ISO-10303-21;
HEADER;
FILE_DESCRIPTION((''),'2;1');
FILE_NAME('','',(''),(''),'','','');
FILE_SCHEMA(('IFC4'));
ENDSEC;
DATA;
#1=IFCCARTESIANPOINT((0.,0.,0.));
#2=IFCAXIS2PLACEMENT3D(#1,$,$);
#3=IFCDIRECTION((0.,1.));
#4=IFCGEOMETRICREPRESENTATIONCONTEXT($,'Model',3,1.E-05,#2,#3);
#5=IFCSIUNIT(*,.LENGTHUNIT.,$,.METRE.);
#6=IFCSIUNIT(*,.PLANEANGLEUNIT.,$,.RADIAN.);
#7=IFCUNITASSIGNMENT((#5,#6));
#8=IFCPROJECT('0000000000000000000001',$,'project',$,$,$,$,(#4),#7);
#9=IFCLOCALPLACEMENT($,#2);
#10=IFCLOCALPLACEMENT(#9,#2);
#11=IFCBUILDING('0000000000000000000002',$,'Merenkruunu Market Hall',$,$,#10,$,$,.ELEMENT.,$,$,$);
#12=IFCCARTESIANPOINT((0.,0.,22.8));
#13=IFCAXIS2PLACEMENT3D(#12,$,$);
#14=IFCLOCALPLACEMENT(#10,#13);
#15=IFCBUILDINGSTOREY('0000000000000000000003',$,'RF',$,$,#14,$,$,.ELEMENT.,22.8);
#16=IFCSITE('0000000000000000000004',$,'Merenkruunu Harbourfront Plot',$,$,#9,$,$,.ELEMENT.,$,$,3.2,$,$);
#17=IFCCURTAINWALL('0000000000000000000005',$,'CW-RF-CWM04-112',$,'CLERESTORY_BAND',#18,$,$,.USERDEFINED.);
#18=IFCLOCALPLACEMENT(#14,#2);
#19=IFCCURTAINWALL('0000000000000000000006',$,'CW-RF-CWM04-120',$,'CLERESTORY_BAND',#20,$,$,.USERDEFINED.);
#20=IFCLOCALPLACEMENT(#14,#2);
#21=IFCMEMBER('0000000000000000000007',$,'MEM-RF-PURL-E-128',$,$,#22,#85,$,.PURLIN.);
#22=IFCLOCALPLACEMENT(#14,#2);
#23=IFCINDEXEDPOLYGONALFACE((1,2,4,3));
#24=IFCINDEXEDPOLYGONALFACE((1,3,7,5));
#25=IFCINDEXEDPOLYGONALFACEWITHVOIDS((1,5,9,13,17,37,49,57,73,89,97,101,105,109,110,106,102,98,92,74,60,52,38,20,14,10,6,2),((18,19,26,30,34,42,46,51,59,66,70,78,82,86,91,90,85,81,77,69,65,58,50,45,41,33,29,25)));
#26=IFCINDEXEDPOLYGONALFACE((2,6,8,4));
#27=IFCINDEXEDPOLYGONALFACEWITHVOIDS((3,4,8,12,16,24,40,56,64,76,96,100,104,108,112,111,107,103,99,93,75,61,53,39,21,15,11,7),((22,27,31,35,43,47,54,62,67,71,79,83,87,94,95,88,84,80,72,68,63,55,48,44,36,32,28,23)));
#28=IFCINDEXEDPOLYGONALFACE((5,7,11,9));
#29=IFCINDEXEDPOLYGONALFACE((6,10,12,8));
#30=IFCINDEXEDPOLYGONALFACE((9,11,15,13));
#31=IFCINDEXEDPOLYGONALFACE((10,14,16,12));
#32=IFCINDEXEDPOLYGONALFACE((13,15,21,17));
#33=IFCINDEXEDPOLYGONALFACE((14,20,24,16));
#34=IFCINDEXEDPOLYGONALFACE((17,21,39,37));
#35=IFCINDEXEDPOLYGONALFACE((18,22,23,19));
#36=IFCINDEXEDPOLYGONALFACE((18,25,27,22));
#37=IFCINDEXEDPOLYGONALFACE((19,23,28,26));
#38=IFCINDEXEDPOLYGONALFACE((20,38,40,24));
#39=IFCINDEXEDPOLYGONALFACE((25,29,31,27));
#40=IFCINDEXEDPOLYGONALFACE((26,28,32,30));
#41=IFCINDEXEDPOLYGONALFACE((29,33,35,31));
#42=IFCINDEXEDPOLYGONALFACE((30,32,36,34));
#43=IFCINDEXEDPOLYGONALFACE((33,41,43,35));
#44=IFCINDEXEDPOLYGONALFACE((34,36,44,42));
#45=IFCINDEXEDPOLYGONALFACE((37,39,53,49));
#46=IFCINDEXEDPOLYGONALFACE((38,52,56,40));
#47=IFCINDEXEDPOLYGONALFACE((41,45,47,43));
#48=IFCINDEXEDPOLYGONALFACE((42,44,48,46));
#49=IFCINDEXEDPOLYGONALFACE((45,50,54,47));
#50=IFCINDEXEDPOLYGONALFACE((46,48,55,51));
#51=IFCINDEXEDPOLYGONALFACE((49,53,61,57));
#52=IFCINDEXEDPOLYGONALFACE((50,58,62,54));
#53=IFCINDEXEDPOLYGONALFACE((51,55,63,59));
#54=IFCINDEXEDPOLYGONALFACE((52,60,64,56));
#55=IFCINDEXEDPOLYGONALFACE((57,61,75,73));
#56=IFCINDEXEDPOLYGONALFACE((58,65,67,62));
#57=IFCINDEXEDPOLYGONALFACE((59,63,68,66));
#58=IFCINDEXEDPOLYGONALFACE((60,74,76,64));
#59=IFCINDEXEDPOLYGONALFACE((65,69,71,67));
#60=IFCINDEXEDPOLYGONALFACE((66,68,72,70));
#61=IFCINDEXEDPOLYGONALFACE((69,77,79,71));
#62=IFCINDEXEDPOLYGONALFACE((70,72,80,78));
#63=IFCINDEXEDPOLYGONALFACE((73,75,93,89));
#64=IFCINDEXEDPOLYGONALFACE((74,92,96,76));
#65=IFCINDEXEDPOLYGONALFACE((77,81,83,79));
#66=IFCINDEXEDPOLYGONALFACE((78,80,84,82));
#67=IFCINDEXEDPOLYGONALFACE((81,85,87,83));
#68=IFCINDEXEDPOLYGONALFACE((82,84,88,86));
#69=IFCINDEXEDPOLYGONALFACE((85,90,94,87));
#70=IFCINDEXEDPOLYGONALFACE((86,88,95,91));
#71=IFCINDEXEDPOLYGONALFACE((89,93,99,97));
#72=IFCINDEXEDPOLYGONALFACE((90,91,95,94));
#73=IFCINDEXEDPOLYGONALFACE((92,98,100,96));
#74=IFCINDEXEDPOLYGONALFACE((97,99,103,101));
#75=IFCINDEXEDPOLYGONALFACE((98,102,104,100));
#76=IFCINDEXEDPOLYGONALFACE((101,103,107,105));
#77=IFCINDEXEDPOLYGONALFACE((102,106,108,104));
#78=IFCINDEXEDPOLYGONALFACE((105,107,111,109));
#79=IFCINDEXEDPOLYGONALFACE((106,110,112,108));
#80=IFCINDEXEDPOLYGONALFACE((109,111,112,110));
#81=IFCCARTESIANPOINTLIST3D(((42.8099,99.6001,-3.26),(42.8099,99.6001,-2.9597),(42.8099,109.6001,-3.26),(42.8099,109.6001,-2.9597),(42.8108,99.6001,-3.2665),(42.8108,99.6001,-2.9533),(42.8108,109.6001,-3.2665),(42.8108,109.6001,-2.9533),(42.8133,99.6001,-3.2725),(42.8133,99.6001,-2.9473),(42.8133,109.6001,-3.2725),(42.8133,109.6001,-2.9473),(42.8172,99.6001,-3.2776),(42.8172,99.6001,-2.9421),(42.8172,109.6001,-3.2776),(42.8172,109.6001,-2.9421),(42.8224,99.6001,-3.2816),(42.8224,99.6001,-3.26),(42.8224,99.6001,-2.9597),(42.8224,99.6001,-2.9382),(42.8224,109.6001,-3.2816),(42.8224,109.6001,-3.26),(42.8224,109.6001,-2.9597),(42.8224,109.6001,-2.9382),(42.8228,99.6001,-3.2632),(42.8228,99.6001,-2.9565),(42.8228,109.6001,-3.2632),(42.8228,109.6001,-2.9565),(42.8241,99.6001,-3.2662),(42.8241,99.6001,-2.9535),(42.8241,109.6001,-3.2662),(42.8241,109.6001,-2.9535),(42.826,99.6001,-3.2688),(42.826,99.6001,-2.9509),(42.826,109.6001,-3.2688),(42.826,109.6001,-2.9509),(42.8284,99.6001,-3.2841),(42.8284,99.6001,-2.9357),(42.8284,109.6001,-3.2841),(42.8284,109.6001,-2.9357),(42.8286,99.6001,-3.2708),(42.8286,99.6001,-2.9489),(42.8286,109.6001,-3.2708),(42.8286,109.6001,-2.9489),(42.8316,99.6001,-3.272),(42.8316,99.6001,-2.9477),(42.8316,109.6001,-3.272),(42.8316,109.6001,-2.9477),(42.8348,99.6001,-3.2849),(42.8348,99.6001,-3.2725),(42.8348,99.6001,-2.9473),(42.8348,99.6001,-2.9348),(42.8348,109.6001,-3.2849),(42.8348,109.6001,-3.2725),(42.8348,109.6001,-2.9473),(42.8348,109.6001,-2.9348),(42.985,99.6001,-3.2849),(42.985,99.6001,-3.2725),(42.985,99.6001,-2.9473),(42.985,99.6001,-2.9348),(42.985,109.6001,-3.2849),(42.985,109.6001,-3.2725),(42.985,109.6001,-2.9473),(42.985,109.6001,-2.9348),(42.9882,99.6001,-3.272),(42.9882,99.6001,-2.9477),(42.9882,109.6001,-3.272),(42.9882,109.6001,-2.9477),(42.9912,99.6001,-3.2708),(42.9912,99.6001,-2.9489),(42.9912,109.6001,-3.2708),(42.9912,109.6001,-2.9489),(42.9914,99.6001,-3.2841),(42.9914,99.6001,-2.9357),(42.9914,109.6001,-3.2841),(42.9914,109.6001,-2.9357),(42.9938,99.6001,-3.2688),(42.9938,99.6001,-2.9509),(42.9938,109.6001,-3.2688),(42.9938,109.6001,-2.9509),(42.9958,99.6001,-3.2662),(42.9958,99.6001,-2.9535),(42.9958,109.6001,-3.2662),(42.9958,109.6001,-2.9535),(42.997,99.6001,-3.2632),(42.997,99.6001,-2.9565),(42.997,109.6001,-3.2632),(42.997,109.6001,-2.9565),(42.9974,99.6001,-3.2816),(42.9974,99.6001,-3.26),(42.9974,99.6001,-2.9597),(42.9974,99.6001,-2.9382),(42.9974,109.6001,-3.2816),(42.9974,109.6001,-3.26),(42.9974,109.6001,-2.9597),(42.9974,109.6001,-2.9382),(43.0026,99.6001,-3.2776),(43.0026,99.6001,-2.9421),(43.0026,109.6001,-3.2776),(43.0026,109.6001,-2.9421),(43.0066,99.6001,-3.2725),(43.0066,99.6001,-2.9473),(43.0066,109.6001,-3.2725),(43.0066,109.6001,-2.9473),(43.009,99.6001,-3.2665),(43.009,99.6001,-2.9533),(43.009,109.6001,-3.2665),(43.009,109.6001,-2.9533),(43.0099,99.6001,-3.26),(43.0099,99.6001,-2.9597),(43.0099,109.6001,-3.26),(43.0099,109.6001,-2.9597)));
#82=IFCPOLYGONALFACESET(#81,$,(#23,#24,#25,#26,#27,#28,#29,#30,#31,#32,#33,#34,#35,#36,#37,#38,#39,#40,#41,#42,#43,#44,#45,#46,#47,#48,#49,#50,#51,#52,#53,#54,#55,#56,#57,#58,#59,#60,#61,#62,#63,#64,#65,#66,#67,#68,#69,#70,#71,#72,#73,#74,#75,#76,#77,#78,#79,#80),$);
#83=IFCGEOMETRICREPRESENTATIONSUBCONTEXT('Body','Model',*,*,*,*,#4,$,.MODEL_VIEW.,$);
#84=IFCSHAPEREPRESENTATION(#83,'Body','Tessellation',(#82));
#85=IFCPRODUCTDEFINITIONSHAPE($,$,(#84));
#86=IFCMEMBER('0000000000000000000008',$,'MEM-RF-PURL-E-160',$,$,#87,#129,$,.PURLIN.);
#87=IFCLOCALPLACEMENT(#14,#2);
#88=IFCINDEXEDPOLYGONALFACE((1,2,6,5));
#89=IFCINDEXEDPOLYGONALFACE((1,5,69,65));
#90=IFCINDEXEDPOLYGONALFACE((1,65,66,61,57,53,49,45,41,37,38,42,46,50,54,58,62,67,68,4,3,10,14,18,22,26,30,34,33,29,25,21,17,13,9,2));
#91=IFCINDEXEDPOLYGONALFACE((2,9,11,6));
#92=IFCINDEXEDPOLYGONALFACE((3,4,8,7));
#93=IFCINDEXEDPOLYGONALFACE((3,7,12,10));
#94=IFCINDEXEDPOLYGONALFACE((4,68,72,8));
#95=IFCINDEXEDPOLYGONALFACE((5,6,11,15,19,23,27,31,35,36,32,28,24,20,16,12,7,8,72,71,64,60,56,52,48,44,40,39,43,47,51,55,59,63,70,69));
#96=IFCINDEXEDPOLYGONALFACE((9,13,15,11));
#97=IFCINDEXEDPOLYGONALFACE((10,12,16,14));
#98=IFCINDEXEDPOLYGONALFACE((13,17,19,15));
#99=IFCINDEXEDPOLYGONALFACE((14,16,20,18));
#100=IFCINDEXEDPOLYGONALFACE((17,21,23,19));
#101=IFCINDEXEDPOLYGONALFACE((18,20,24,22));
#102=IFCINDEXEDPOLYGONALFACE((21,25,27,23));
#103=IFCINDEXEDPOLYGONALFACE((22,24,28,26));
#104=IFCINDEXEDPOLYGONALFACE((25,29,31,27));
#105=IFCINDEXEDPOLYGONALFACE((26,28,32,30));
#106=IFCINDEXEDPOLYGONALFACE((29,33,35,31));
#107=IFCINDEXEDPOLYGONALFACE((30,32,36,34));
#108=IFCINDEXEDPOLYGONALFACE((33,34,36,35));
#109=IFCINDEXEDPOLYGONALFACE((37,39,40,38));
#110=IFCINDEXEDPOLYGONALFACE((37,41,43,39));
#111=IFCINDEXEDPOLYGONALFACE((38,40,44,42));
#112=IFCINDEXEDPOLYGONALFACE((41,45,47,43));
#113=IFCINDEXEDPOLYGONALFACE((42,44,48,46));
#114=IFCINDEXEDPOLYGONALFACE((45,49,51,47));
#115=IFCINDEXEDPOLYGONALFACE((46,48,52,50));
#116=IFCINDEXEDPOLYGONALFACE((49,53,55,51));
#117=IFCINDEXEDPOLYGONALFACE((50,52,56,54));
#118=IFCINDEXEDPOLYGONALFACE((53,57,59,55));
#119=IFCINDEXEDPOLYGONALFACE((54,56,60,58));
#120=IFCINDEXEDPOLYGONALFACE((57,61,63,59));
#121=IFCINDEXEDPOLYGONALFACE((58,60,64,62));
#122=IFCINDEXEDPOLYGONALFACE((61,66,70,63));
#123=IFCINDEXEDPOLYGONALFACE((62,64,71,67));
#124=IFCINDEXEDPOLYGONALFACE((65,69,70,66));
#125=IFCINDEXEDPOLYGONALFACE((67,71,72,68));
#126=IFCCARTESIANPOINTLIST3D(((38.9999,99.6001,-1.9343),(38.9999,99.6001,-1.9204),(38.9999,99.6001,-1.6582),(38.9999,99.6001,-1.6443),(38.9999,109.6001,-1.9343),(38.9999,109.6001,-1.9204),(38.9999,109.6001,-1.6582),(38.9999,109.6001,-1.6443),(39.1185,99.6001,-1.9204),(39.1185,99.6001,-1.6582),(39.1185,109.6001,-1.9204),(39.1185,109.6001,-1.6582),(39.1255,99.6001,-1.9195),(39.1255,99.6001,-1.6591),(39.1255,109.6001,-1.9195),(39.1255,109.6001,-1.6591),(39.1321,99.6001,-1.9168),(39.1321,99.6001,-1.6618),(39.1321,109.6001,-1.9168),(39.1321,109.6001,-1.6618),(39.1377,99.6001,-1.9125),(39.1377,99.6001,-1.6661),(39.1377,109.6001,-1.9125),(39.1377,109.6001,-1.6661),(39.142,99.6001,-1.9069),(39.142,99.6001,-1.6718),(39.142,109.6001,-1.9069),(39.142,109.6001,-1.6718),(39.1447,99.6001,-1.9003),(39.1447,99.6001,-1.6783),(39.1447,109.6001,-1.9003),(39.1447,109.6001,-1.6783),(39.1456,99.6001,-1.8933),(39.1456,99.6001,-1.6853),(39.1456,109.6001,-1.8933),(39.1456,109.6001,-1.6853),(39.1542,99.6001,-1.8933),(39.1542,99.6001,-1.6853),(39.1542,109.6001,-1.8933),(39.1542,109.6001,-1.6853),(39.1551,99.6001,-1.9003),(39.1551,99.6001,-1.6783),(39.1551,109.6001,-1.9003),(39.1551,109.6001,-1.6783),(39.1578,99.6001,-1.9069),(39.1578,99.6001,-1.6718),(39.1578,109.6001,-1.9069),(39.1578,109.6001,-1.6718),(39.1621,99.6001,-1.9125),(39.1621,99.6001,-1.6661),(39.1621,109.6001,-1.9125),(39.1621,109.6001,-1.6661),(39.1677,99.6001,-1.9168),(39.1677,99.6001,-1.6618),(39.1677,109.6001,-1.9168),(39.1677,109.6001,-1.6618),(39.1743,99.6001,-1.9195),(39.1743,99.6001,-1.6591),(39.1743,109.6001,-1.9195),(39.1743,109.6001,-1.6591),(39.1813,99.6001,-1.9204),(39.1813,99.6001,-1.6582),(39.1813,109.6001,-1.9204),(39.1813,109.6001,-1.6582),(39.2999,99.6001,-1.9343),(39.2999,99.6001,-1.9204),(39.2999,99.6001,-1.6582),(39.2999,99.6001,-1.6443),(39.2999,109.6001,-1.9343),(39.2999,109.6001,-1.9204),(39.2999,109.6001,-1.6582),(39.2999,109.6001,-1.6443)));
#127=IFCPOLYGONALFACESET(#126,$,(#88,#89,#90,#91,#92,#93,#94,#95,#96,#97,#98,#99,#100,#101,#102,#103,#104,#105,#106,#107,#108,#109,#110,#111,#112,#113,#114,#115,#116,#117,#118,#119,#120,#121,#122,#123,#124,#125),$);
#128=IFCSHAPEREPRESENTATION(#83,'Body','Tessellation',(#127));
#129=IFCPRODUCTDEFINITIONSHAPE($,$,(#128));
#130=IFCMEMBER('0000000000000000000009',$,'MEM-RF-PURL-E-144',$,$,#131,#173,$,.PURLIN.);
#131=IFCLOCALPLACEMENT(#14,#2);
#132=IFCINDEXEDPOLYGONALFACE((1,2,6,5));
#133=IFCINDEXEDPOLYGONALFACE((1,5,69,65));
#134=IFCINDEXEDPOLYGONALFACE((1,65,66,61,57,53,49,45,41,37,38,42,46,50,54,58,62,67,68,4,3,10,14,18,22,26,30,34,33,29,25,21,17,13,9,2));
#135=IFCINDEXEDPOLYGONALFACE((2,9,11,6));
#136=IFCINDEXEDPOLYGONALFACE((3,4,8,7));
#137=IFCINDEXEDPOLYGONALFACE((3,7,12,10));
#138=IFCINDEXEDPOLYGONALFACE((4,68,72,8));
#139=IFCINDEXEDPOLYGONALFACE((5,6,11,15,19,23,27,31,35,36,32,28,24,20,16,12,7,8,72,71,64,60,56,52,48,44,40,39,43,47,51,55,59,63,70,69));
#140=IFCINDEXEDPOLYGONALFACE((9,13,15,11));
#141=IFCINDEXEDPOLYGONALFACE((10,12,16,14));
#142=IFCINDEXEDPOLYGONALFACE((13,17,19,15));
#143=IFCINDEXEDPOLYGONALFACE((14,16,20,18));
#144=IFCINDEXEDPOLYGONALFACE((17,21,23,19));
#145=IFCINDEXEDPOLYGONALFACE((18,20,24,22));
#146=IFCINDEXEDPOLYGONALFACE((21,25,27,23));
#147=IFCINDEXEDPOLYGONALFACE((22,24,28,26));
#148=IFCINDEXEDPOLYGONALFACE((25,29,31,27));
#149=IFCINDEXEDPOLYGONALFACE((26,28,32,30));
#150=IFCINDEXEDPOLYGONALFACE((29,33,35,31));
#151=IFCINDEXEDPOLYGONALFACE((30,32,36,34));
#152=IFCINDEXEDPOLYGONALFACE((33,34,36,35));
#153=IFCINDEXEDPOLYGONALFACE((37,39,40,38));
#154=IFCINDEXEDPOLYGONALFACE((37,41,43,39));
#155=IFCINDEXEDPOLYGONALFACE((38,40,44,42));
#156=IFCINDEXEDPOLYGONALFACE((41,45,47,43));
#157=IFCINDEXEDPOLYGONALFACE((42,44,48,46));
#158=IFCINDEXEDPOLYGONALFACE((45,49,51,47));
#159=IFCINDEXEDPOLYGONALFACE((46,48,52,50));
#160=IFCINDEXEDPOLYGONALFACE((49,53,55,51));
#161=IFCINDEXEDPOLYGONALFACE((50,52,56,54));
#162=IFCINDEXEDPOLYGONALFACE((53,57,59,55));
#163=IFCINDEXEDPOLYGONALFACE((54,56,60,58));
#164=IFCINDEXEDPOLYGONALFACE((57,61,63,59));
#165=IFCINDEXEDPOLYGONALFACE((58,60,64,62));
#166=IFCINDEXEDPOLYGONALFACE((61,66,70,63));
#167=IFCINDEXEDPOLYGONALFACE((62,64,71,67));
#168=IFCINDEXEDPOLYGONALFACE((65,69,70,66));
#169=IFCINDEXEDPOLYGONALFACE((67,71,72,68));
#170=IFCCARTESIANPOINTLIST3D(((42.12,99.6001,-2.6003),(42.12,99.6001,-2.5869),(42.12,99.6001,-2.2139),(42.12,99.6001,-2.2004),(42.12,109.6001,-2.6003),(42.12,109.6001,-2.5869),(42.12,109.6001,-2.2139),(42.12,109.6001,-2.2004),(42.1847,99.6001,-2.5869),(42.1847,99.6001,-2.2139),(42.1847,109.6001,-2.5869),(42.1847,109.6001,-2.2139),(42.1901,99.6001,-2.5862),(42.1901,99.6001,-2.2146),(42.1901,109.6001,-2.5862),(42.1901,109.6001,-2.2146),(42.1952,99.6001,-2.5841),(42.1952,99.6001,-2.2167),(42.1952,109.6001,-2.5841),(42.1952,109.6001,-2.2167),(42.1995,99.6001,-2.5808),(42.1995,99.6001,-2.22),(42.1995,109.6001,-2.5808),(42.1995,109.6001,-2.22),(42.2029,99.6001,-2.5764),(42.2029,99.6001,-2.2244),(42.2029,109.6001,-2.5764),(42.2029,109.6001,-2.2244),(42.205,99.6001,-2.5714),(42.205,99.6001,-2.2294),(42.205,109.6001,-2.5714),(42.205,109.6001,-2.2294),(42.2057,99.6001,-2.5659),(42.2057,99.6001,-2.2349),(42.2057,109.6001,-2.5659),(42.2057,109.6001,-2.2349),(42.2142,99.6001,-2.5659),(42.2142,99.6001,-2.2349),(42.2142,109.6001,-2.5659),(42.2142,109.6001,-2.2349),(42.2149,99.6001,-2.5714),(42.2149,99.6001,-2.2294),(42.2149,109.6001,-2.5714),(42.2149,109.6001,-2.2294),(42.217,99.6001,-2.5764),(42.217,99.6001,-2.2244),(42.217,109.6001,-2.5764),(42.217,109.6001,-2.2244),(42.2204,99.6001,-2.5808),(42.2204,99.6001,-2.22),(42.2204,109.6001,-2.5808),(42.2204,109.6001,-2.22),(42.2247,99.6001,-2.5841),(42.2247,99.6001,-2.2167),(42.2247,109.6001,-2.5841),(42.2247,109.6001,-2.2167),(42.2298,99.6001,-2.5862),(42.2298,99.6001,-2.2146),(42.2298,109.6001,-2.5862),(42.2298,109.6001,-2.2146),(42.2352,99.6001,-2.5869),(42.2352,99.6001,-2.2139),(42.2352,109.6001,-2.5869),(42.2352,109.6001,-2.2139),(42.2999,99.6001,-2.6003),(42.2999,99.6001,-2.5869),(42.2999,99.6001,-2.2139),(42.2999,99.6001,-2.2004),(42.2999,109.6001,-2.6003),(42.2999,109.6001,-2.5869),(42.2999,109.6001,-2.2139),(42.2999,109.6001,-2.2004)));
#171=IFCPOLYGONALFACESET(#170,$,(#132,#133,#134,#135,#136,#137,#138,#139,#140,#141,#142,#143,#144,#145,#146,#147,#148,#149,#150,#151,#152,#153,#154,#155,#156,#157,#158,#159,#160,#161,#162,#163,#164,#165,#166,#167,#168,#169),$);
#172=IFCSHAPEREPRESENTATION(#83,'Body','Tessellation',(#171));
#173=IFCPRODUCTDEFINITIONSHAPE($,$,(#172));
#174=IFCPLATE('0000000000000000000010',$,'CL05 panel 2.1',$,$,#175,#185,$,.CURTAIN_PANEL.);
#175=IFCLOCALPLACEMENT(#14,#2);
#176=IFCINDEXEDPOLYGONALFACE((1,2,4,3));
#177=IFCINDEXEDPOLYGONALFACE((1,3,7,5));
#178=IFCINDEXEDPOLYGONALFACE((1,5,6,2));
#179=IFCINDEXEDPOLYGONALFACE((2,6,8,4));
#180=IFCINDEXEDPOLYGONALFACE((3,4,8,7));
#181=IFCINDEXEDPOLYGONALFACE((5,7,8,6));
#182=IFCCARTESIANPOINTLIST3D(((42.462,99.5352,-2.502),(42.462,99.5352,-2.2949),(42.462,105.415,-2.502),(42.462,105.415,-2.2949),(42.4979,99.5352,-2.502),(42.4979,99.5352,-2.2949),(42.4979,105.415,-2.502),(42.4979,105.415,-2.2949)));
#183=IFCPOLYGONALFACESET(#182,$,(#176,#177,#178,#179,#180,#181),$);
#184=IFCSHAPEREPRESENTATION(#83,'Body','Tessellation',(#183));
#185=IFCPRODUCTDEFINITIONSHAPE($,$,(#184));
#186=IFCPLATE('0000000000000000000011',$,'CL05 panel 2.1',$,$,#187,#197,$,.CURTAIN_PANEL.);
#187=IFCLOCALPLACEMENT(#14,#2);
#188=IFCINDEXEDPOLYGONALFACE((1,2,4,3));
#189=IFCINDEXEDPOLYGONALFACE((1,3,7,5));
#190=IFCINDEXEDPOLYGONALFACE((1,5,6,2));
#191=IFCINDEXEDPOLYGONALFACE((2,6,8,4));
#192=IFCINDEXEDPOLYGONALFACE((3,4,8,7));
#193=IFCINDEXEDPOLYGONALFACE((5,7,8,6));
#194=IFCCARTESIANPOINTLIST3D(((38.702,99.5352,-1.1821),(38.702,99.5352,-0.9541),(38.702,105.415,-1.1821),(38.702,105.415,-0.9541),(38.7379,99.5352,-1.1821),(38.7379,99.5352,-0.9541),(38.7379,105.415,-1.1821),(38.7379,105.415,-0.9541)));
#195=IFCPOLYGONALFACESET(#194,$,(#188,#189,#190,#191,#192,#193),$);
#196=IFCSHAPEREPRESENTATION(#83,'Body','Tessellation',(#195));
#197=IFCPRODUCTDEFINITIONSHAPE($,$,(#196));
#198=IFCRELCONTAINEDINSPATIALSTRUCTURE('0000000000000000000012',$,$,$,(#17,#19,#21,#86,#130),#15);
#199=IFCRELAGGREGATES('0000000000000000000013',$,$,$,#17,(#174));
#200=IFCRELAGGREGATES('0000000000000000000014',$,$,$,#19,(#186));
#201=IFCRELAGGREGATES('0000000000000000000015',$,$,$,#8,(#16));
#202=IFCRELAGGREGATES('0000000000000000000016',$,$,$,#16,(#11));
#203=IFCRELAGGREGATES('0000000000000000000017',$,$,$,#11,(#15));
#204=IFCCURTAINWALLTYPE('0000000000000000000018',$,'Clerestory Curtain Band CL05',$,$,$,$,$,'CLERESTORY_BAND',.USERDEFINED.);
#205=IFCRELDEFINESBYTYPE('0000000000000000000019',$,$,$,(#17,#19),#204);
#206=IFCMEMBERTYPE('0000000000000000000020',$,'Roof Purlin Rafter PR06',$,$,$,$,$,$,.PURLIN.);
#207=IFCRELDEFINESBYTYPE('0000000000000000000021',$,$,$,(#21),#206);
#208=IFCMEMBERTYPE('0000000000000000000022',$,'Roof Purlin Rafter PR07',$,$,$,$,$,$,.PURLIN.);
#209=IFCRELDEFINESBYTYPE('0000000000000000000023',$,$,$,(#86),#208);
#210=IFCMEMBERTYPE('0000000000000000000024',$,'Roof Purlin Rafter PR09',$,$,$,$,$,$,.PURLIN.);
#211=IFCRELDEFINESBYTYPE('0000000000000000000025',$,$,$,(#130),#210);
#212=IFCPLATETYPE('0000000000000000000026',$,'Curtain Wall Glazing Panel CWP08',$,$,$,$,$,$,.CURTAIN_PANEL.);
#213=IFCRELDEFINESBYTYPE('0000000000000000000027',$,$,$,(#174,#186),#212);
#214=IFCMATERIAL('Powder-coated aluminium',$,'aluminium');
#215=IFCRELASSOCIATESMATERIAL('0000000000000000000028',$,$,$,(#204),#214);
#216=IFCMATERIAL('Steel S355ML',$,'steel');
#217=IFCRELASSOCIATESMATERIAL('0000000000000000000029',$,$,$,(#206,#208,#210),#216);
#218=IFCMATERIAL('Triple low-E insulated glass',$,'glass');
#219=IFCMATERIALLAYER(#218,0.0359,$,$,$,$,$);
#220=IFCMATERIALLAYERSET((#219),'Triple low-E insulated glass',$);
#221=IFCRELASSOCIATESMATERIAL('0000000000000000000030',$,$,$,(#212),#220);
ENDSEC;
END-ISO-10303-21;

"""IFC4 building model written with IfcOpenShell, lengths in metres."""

from ifc_helpers import new_model, si_unit, direction, frame, origin, origin_2d, place, context, subcontext, project, spatial, rectangle, hollow_rectangle, i_section, extrude, material, layer, layer_set, material_profile, profile_set, type_object, element, aggregate, save


model = new_model("IFC4")

# Units and contexts
model_context = context("Model", 3, precision=1e-05, world=origin(), true_north=direction((0.0, 1.0)))
body_context = subcontext(model_context, "Body", "Model", "MODEL_VIEW")
ifc_project = project(units=[si_unit("LENGTHUNIT", "METRE"), si_unit("PLANEANGLEUNIT", "RADIAN")], contexts=[model_context])

# Site, building, storey
site_placement = place(None, origin())
site = spatial("IfcSite", under=ifc_project, at=site_placement, Name="Merenkruunu Harbourfront Plot", CompositionType="ELEMENT", RefElevation=3.2)
building_placement = place(site_placement, origin())
building = spatial("IfcBuilding", under=site, at=building_placement, Name="Merenkruunu Market Hall", CompositionType="ELEMENT")
storey_placement = place(building_placement, frame((0.0, 0.0, 22.8)))
storey = spatial("IfcBuildingStorey", under=building, at=storey_placement, Name="RF", CompositionType="ELEMENT", Elevation=22.8)

# Shared definitions
ifc_material_1 = material(Name="Steel S355ML", Category="steel")

# Curtain walls
ifc_material_2 = material(Name="Powder-coated aluminium", Category="aluminium")
curtain_wall_type = type_object("IfcCurtainWallType", Name="Clerestory Curtain Band CL05", ElementType="CLERESTORY_BAND", PredefinedType="USERDEFINED", material=ifc_material_2)
curtain_wall_1_placement = place(storey_placement, origin())
curtain_wall_1 = element("IfcCurtainWall", 1, at=curtain_wall_1_placement, inside=storey, type_object=curtain_wall_type, Name="CW-RF-CWM04-112", ObjectType="CLERESTORY_BAND", PredefinedType="USERDEFINED")
curtain_wall_2_placement = place(storey_placement, origin())
curtain_wall_2 = element("IfcCurtainWall", 2, at=curtain_wall_2_placement, inside=storey, type_object=curtain_wall_type, Name="CW-RF-CWM04-120", ObjectType="CLERESTORY_BAND", PredefinedType="USERDEFINED")

# Members
ifc_material_profile_1 = material_profile(ifc_material_1, hollow_rectangle(XDim=0.2, YDim=0.3501, WallThickness=0.0125, InnerFilletRadius=0.0125, OuterFilletRadius=0.0249, at=origin_2d()), Name="RHS 350x200x12.5")
ifc_profile_set_1 = profile_set([ifc_material_profile_1], Name="Steel S355ML")
member_type_1 = type_object("IfcMemberType", Name="Roof Purlin Rafter PR06", PredefinedType="PURLIN", material=ifc_profile_set_1)
member_1_placement = place(storey_placement, frame((42.9099, 99.6001, -3.1099), z_axis=(0.0, 1.0, 0.0), x_axis=(-1.0, 0.0, 0.0)))
element("IfcMember", 3, at=member_1_placement, inside=storey, type_object=member_type_1, Name="MEM-RF-PURL-E-128", PredefinedType="PURLIN", context=body_context, shape_type="SweptSolid", body=[
    extrude(hollow_rectangle(XDim=0.2, YDim=0.3501, WallThickness=0.0125, InnerFilletRadius=0.0125, OuterFilletRadius=0.0249, at=origin_2d()), origin(), (0.0, 0.0, 1.0), 10.0),
])
ifc_material_profile_2 = material_profile(ifc_material_1, i_section(OverallWidth=0.3, OverallDepth=0.29, WebThickness=0.0085, FlangeThickness=0.0139, FilletRadius=0.0271, at=origin_2d()), Name="HEA 300")
ifc_profile_set_2 = profile_set([ifc_material_profile_2], Name="Steel S355ML")
member_type_2 = type_object("IfcMemberType", Name="Roof Purlin Rafter PR07", PredefinedType="PURLIN", material=ifc_profile_set_2)
member_2_placement = place(storey_placement, frame((39.1499, 99.6001, -1.7893), z_axis=(0.0, 1.0, 0.0), x_axis=(-1.0, 0.0, 0.0)))
element("IfcMember", 4, at=member_2_placement, inside=storey, type_object=member_type_2, Name="MEM-RF-PURL-E-160", PredefinedType="PURLIN", context=body_context, shape_type="SweptSolid", body=[
    extrude(i_section(OverallWidth=0.3, OverallDepth=0.29, WebThickness=0.0085, FlangeThickness=0.0139, FilletRadius=0.0271, at=origin_2d()), origin(), (0.0, 0.0, 1.0), 10.0),
])
ifc_material_profile_3 = material_profile(ifc_material_1, i_section(OverallWidth=0.1799, OverallDepth=0.3999, WebThickness=0.0085, FlangeThickness=0.0134, FilletRadius=0.021, at=origin_2d()), Name="IPE 400")
ifc_profile_set_3 = profile_set([ifc_material_profile_3], Name="Steel S355ML")
member_type_3 = type_object("IfcMemberType", Name="Roof Purlin Rafter PR09", PredefinedType="PURLIN", material=ifc_profile_set_3)
member_3_placement = place(storey_placement, frame((42.21, 99.6001, -2.4004), z_axis=(0.0, 1.0, 0.0), x_axis=(-1.0, 0.0, 0.0)))
element("IfcMember", 5, at=member_3_placement, inside=storey, type_object=member_type_3, Name="MEM-RF-PURL-E-144", PredefinedType="PURLIN", context=body_context, shape_type="SweptSolid", body=[
    extrude(i_section(OverallWidth=0.1799, OverallDepth=0.3999, WebThickness=0.0085, FlangeThickness=0.0134, FilletRadius=0.021, at=origin_2d()), origin(), (0.0, 0.0, 1.0), 10.0),
])

# Plates
ifc_material_3 = material(Name="Triple low-E insulated glass", Category="glass")
ifc_layer_1 = layer(ifc_material_3, 0.0359)
ifc_layer_set_1 = layer_set([ifc_layer_1], Name="Triple low-E insulated glass")
plate_type_1 = type_object("IfcPlateType", Name="Curtain Wall Glazing Panel CWP08", PredefinedType="CURTAIN_PANEL", material=ifc_layer_set_1)
plate_1_placement = place(storey_placement, frame((42.48, 102.4751, -2.502), z_axis=(0.0, 0.0, 1.0), x_axis=(0.0, -1.0, 0.0)))
plate_1 = element("IfcPlate", 6, at=plate_1_placement, type_object=plate_type_1, Name="CL05 panel 2.1", PredefinedType="CURTAIN_PANEL", context=body_context, shape_type="SweptSolid", body=[
    extrude(rectangle(XDim=5.8799, YDim=0.0359, at=origin_2d()), origin(), (0.0, 0.0, 1.0), 0.207),
])
aggregate(curtain_wall_1, [plate_1])
plate_2_placement = place(storey_placement, frame((38.72, 102.4751, -1.1821), z_axis=(0.0, 0.0, 1.0), x_axis=(0.0, -1.0, 0.0)))
plate_2 = element("IfcPlate", 7, at=plate_2_placement, type_object=plate_type_1, Name="CL05 panel 2.1", PredefinedType="CURTAIN_PANEL", context=body_context, shape_type="SweptSolid", body=[
    extrude(rectangle(XDim=5.8799, YDim=0.0359, at=origin_2d()), origin(), (0.0, 0.0, 1.0), 0.228),
])
aggregate(curtain_wall_2, [plate_2])

save(model, "model.ifc")
